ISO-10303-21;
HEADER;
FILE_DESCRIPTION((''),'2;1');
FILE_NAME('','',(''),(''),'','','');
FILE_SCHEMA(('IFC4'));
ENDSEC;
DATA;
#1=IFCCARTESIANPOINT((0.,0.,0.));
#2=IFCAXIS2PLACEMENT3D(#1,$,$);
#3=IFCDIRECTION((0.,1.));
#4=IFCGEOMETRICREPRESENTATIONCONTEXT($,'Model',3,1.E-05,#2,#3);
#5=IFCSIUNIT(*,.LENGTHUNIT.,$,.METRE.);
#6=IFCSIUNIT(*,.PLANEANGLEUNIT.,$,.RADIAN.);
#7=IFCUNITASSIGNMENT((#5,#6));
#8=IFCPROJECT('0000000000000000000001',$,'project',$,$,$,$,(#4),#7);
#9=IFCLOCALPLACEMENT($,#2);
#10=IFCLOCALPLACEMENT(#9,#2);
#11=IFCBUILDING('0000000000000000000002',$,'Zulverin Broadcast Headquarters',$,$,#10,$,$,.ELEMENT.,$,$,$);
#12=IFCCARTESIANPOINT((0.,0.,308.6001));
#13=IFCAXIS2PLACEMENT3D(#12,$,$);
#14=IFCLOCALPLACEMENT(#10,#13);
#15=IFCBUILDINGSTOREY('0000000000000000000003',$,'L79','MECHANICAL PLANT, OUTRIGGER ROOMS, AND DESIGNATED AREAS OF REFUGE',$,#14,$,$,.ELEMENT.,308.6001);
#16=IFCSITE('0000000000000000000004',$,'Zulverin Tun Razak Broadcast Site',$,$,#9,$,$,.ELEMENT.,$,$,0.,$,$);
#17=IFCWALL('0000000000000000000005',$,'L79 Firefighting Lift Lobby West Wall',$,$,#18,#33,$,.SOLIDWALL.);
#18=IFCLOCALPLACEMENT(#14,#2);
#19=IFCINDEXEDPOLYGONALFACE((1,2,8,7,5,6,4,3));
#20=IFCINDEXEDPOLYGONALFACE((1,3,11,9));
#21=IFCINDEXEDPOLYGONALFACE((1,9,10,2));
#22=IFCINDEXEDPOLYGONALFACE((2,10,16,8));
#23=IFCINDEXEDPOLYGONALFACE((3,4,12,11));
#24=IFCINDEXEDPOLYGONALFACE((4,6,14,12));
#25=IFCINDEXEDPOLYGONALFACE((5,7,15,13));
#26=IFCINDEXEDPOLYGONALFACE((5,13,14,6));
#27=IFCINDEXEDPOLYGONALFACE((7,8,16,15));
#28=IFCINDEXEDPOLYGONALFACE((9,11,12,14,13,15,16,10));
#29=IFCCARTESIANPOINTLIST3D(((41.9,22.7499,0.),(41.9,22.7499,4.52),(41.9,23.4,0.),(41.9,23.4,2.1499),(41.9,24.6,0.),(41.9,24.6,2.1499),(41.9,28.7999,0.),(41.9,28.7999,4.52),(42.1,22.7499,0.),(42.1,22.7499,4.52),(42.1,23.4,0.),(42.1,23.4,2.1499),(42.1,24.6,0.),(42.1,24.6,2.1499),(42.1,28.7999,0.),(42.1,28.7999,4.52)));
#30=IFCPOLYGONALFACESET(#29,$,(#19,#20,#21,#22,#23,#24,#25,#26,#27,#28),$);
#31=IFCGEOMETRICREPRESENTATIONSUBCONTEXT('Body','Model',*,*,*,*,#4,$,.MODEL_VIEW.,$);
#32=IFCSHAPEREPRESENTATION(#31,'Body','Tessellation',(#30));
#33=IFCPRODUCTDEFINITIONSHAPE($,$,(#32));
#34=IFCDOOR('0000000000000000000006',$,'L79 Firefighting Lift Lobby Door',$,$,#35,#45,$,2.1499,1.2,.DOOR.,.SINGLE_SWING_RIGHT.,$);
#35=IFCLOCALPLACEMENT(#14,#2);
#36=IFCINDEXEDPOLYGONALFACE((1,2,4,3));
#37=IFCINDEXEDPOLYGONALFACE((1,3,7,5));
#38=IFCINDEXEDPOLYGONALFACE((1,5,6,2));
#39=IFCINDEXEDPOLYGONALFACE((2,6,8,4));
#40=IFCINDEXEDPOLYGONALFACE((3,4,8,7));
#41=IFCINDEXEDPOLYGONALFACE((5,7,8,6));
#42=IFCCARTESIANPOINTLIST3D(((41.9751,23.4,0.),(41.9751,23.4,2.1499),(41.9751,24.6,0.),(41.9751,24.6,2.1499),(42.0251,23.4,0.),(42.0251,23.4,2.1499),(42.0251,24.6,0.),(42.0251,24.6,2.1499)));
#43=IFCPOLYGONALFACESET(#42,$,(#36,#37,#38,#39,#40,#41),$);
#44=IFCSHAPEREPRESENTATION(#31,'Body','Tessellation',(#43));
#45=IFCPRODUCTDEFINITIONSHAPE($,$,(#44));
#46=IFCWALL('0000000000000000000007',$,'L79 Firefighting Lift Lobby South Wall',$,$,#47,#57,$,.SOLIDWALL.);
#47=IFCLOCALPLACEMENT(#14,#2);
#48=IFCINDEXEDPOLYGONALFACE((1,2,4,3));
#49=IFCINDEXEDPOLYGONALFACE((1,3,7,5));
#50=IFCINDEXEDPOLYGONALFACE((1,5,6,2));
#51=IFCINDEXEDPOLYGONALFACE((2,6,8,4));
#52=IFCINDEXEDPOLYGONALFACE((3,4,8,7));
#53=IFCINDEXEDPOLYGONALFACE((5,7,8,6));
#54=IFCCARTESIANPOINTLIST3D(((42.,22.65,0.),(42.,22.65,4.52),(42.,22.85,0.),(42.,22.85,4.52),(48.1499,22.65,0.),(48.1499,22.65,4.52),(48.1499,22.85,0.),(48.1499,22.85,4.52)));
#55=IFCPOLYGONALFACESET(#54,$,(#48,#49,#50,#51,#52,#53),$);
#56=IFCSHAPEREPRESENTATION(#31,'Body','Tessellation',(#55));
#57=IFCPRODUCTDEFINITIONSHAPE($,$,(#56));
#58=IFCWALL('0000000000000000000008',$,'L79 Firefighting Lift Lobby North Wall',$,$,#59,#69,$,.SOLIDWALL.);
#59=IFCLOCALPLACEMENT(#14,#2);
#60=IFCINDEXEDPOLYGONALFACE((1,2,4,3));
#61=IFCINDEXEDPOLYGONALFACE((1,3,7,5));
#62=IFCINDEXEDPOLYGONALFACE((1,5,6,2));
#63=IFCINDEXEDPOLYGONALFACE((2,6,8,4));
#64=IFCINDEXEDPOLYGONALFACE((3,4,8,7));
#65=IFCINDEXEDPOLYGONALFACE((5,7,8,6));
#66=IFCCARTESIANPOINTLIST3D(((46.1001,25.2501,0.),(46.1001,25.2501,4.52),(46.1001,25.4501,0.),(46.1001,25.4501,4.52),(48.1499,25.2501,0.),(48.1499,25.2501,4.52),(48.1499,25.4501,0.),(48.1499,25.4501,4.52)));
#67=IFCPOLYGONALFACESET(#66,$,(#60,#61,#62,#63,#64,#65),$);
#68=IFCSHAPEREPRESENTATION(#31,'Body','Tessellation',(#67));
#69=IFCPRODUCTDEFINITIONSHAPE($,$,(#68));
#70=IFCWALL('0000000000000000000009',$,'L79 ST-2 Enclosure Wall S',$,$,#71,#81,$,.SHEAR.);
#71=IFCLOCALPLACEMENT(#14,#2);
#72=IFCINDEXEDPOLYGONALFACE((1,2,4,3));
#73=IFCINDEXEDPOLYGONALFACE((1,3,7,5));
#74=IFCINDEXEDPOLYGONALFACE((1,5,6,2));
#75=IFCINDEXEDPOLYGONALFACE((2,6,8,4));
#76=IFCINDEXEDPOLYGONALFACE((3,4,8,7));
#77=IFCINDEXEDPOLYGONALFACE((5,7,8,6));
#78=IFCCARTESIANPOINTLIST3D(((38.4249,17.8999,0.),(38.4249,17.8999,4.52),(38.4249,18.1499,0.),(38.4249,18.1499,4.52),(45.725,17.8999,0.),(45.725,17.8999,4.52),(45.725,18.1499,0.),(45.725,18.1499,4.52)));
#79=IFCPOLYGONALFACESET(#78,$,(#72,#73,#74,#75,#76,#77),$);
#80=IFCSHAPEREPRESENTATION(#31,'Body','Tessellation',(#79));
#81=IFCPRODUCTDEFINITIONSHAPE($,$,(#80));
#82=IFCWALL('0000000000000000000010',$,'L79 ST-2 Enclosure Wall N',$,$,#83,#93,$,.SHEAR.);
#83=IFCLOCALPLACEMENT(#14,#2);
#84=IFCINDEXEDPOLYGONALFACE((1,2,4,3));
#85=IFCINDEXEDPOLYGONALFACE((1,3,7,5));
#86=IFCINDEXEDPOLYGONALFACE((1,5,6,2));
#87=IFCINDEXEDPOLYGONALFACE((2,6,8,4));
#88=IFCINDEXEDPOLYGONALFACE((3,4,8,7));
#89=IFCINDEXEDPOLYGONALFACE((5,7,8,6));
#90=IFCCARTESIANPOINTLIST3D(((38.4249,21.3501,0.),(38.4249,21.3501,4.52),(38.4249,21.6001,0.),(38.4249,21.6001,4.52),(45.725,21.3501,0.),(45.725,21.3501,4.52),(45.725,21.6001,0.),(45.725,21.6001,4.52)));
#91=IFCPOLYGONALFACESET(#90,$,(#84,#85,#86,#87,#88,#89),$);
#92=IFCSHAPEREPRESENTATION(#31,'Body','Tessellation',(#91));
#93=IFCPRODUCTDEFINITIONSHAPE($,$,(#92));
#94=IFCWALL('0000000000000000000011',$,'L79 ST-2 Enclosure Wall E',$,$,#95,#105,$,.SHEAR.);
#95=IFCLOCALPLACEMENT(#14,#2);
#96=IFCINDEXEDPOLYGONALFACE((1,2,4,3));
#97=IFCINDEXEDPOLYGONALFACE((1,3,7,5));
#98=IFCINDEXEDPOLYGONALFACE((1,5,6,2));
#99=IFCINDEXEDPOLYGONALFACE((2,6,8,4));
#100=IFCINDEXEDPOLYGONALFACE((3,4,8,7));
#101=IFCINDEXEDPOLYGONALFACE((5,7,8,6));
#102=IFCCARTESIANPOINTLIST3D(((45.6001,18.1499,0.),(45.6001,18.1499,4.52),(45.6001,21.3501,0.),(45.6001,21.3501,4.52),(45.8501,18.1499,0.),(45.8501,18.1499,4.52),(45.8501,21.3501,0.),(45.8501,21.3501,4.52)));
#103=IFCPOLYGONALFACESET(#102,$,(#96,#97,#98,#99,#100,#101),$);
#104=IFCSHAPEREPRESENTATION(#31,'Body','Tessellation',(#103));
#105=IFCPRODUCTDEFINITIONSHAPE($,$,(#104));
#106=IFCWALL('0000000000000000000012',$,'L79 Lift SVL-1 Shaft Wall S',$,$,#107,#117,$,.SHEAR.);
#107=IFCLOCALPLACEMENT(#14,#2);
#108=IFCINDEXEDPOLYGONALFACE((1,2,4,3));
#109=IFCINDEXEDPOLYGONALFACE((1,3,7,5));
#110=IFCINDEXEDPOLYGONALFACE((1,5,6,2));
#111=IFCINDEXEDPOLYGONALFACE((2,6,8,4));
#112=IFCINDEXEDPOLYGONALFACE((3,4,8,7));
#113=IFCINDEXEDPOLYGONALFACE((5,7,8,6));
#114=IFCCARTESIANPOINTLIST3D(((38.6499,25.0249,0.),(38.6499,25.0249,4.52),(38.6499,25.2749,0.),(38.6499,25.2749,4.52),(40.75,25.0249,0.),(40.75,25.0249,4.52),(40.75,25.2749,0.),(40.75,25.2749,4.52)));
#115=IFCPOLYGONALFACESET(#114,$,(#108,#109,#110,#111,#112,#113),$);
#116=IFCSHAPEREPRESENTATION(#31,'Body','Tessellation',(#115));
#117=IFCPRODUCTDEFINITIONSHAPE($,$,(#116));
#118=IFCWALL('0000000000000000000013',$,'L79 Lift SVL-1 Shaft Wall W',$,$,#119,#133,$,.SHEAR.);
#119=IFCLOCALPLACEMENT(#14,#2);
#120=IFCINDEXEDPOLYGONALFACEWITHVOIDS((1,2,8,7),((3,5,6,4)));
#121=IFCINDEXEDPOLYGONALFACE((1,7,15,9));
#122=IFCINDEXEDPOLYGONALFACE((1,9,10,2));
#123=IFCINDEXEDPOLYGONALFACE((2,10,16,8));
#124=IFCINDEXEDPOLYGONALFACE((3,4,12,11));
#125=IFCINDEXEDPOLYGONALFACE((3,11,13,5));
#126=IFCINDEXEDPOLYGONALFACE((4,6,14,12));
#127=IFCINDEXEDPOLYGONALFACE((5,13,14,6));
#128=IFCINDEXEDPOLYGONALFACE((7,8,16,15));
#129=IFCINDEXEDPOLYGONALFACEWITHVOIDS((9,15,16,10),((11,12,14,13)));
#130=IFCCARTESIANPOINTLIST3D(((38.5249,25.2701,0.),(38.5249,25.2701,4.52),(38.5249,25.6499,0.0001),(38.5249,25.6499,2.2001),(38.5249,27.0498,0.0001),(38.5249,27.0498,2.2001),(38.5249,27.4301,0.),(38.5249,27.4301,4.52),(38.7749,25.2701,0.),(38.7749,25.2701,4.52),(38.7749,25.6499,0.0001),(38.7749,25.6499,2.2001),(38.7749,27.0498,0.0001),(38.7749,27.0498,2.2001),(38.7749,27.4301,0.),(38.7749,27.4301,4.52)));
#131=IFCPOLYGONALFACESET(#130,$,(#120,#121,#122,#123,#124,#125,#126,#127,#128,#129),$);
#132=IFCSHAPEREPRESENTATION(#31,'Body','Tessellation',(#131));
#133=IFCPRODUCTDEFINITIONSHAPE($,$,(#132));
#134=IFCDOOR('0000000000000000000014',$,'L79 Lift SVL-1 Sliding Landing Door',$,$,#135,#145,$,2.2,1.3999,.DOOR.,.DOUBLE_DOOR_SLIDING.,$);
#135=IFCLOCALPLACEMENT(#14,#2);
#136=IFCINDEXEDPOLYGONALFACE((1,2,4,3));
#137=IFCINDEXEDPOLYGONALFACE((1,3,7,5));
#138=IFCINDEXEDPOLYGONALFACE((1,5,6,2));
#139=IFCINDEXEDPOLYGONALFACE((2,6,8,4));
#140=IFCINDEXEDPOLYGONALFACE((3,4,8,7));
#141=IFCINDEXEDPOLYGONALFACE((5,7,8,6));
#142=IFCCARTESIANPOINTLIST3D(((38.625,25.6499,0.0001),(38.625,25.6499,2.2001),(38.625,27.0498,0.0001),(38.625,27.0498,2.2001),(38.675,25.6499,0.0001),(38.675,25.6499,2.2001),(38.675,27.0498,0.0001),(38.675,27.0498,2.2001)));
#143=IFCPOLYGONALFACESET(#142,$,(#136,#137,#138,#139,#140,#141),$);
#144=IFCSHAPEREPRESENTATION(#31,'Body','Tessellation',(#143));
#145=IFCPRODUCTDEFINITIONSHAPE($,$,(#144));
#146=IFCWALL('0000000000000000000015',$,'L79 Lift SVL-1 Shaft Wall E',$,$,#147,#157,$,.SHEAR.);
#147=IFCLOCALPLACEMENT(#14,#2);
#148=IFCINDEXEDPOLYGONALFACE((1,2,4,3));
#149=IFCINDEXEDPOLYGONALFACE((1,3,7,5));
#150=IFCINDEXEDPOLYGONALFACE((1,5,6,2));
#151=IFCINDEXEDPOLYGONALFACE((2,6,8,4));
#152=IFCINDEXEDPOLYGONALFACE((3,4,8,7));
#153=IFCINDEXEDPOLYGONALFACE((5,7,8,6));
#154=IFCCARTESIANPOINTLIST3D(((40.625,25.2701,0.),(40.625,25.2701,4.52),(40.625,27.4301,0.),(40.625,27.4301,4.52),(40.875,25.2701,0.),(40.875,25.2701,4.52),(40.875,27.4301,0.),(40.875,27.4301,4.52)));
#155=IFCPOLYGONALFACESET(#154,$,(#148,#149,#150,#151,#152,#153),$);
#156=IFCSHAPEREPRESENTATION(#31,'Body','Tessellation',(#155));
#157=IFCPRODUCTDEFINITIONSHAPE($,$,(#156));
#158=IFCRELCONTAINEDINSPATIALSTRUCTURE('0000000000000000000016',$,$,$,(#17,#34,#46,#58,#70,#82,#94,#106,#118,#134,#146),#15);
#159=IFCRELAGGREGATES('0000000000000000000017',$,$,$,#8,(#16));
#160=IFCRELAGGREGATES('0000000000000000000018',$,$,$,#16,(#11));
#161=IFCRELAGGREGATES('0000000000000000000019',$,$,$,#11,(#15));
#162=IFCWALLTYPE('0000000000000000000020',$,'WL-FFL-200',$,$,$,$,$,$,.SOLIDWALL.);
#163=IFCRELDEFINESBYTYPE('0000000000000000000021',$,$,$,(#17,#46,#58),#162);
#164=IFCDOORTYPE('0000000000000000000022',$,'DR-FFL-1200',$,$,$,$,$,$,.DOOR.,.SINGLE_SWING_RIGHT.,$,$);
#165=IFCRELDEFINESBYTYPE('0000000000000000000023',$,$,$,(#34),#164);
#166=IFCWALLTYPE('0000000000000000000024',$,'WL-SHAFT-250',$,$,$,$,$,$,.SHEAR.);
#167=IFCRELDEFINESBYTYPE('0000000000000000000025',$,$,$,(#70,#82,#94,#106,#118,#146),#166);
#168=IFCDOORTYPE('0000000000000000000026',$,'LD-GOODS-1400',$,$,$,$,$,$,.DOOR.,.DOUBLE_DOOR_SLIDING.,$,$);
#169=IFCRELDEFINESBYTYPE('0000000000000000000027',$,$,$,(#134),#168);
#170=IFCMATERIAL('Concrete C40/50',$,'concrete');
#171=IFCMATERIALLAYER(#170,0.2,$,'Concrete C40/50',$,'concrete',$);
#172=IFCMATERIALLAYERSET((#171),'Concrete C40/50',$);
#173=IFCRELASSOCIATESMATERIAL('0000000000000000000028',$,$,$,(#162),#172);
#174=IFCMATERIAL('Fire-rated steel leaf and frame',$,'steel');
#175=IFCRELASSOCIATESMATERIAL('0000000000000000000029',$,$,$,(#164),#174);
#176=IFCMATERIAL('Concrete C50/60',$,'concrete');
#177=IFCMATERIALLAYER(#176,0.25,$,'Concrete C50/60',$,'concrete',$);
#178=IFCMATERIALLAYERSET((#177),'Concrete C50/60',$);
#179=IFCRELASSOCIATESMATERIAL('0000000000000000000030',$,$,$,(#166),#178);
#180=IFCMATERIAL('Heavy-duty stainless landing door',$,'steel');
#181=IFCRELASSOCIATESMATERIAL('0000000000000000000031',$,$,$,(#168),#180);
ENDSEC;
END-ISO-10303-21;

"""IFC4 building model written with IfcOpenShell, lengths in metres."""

from ifc_helpers import new_model, si_unit, direction, frame, frame_2d, origin, place, context, subcontext, project, spatial, rectangle, extrude, material, layer, layer_set, type_object, element, fill, save


model = new_model("IFC4")

# Units and contexts
model_context = context("Model", 3, precision=1e-05, world=origin(), true_north=direction((0.0, 1.0)))
body_context = subcontext(model_context, "Body", "Model", "MODEL_VIEW")
ifc_project = project(units=[si_unit("LENGTHUNIT", "METRE"), si_unit("PLANEANGLEUNIT", "RADIAN")], contexts=[model_context])

# Site, building, storey
site_placement = place(None, origin())
site = spatial("IfcSite", under=ifc_project, at=site_placement, Name="Zulverin Tun Razak Broadcast Site", CompositionType="ELEMENT", RefElevation=0.0)
building_placement = place(site_placement, origin())
building = spatial("IfcBuilding", under=site, at=building_placement, Name="Zulverin Broadcast Headquarters", CompositionType="ELEMENT")
storey_placement = place(building_placement, frame((0.0, 0.0, 308.6001)))
storey = spatial("IfcBuildingStorey", under=building, at=storey_placement, Name="L79", Description="MECHANICAL PLANT, OUTRIGGER ROOMS, AND DESIGNATED AREAS OF REFUGE", CompositionType="ELEMENT", Elevation=308.6001)

# Shared definitions
ifc_material_1 = material(Name="Concrete C50/60", Category="concrete")

# Wall, opening, door
ifc_material_2 = material(Name="Concrete C40/50", Category="concrete")
ifc_layer_1 = layer(ifc_material_2, 0.2, Name="Concrete C40/50", Category="concrete")
ifc_layer_set_1 = layer_set([ifc_layer_1], Name="Concrete C40/50")
wall_type_1 = type_object("IfcWallType", Name="WL-FFL-200", PredefinedType="SOLIDWALL", material=ifc_layer_set_1)
wall_1_placement = place(storey_placement, frame((42.0, 22.75, 0.0), z_axis=(0.0, 0.0, 1.0), x_axis=(0.0, 1.0, 0.0)))
wall_1 = element("IfcWall", 1, at=wall_1_placement, inside=storey, type_object=wall_type_1, Name="L79 Firefighting Lift Lobby West Wall", PredefinedType="SOLIDWALL", context=body_context, shape_type="SweptSolid", body=[
    extrude(rectangle(XDim=6.05, YDim=0.2, at=frame_2d((3.0249, 0.0))), origin(), (0.0, 0.0, 1.0), 4.52),
])
opening_1_placement = place(wall_1_placement, frame((0.6499, 0.0, 0.0)))
opening_1 = element("IfcOpeningElement", 2, at=opening_1_placement, cuts=wall_1, PredefinedType="OPENING", context=body_context, shape_type="SweptSolid", body=[
    extrude(rectangle(XDim=1.2, YDim=2.1499, at=frame_2d((0.6001, 1.075))), frame((0.0, 0.1099, 0.0), z_axis=(0.0, -1.0, 0.0), x_axis=(1.0, 0.0, 0.0)), (0.0, 0.0, 1.0), 0.22),
])
ifc_material_3 = material(Name="Fire-rated steel leaf and frame", Category="steel")
door_type_1 = type_object("IfcDoorType", Name="DR-FFL-1200", OperationType="SINGLE_SWING_RIGHT", PredefinedType="DOOR", material=ifc_material_3)
door_1_placement = place(opening_1_placement, origin())
door_1 = element("IfcDoor", 3, at=door_1_placement, inside=storey, type_object=door_type_1, Name="L79 Firefighting Lift Lobby Door", OperationType="SINGLE_SWING_RIGHT", OverallHeight=2.1499, OverallWidth=1.2, PredefinedType="DOOR", context=body_context, shape_type="SweptSolid", body=[
    extrude(rectangle(XDim=1.2, YDim=2.1499, at=frame_2d((0.6001, 1.075))), frame((0.0, 0.0249, 0.0), z_axis=(0.0, -1.0, 0.0), x_axis=(1.0, 0.0, 0.0)), (0.0, 0.0, 1.0), 0.05),
])
fill(opening_1, door_1)

# Walls
wall_2_placement = place(storey_placement, frame((42.0, 22.75, 0.0), z_axis=(0.0, 0.0, 1.0), x_axis=(1.0, 0.0, 0.0)))
element("IfcWall", 4, at=wall_2_placement, inside=storey, type_object=wall_type_1, Name="L79 Firefighting Lift Lobby South Wall", PredefinedType="SOLIDWALL", context=body_context, shape_type="SweptSolid", body=[
    extrude(rectangle(XDim=6.1499, YDim=0.2, at=frame_2d((3.075, 0.0))), origin(), (0.0, 0.0, 1.0), 4.52),
])
wall_3_placement = place(storey_placement, frame((46.1001, 25.3501, 0.0), z_axis=(0.0, 0.0, 1.0), x_axis=(1.0, 0.0, 0.0)))
element("IfcWall", 5, at=wall_3_placement, inside=storey, type_object=wall_type_1, Name="L79 Firefighting Lift Lobby North Wall", PredefinedType="SOLIDWALL", context=body_context, shape_type="SweptSolid", body=[
    extrude(rectangle(XDim=2.0498, YDim=0.2, at=frame_2d((1.0249, 0.0))), origin(), (0.0, 0.0, 1.0), 4.52),
])
ifc_layer_2 = layer(ifc_material_1, 0.25, Name="Concrete C50/60", Category="concrete")
ifc_layer_set_2 = layer_set([ifc_layer_2], Name="Concrete C50/60")
wall_type_2 = type_object("IfcWallType", Name="WL-SHAFT-250", PredefinedType="SHEAR", material=ifc_layer_set_2)
for number, where, z_axis, x_axis, name in (
    (6, (38.425, 18.0249, 0.0), (0.0, 0.0, 1.0), (1.0, 0.0, 0.0), "L79 ST-2 Enclosure Wall S"),
    (7, (38.425, 21.4751, 0.0), (0.0, 0.0, 1.0), (1.0, 0.0, 0.0), "L79 ST-2 Enclosure Wall N"),
):
    element("IfcWall", number, at=place(storey_placement, frame(where, z_axis=z_axis, x_axis=x_axis)), inside=storey, type_object=wall_type_2, Name=name, PredefinedType="SHEAR", context=body_context, shape_type="SweptSolid", body=[
        extrude(rectangle(XDim=7.3, YDim=0.25, at=frame_2d((3.6499, 0.0))), origin(), (0.0, 0.0, 1.0), 4.52),
    ])

# Wall
wall_4_placement = place(storey_placement, frame((45.7251, 18.1499, 0.0), z_axis=(0.0, 0.0, 1.0), x_axis=(0.0, 1.0, 0.0)))
element("IfcWall", 8, at=wall_4_placement, inside=storey, type_object=wall_type_2, Name="L79 ST-2 Enclosure Wall E", PredefinedType="SHEAR", context=body_context, shape_type="SweptSolid", body=[
    extrude(rectangle(XDim=3.2002, YDim=0.25, at=frame_2d((1.6001, 0.0))), origin(), (0.0, 0.0, 1.0), 4.52),
])

# Wall
wall_5_placement = place(storey_placement, frame((38.6499, 25.1499, 0.0), z_axis=(0.0, 0.0, 1.0), x_axis=(1.0, 0.0, 0.0)))
element("IfcWall", 9, at=wall_5_placement, inside=storey, type_object=wall_type_2, Name="L79 Lift SVL-1 Shaft Wall S", PredefinedType="SHEAR", context=body_context, shape_type="SweptSolid", body=[
    extrude(rectangle(XDim=2.1001, YDim=0.25, at=frame_2d((1.05, 0.0))), origin(), (0.0, 0.0, 1.0), 4.52),
])

# Wall, opening, door
wall_6_placement = place(storey_placement, frame((38.6499, 25.27, 0.0), z_axis=(0.0, 0.0, 1.0), x_axis=(0.0, 1.0, 0.0)))
wall_6 = element("IfcWall", 10, at=wall_6_placement, inside=storey, type_object=wall_type_2, Name="L79 Lift SVL-1 Shaft Wall W", PredefinedType="SHEAR", context=body_context, shape_type="SweptSolid", body=[
    extrude(rectangle(XDim=2.1599, YDim=0.25, at=frame_2d((1.0801, 0.0))), origin(), (0.0, 0.0, 1.0), 4.52),
])
opening_2_placement = place(wall_6_placement, frame((0.3799, 0.0, 0.0)))
opening_2 = element("IfcOpeningElement", 11, at=opening_2_placement, cuts=wall_6, PredefinedType="OPENING", context=body_context, shape_type="SweptSolid", body=[
    extrude(rectangle(XDim=1.3999, YDim=2.2, at=frame_2d((0.7, 1.1001))), frame((0.0, 0.135, 0.0), z_axis=(0.0, -1.0, 0.0), x_axis=(1.0, 0.0, 0.0)), (0.0, 0.0, 1.0), 0.27),
])
ifc_material_4 = material(Name="Heavy-duty stainless landing door", Category="steel")
door_type_2 = type_object("IfcDoorType", Name="LD-GOODS-1400", OperationType="DOUBLE_DOOR_SLIDING", PredefinedType="DOOR", material=ifc_material_4)
door_2_placement = place(opening_2_placement, origin())
door_2 = element("IfcDoor", 12, at=door_2_placement, inside=storey, type_object=door_type_2, Name="L79 Lift SVL-1 Sliding Landing Door", OperationType="DOUBLE_DOOR_SLIDING", OverallHeight=2.2, OverallWidth=1.3999, PredefinedType="DOOR", context=body_context, shape_type="SweptSolid", body=[
    extrude(rectangle(XDim=1.3999, YDim=2.2, at=frame_2d((0.7, 1.1001))), frame((0.0, 0.0249, 0.0), z_axis=(0.0, -1.0, 0.0), x_axis=(1.0, 0.0, 0.0)), (0.0, 0.0, 1.0), 0.05),
])
fill(opening_2, door_2)

# Wall
wall_7_placement = place(storey_placement, frame((40.75, 25.27, 0.0), z_axis=(0.0, 0.0, 1.0), x_axis=(0.0, 1.0, 0.0)))
element("IfcWall", 13, at=wall_7_placement, inside=storey, type_object=wall_type_2, Name="L79 Lift SVL-1 Shaft Wall E", PredefinedType="SHEAR", context=body_context, shape_type="SweptSolid", body=[
    extrude(rectangle(XDim=2.1599, YDim=0.25, at=frame_2d((1.0801, 0.0))), origin(), (0.0, 0.0, 1.0), 4.52),
])

save(model, "model.ifc")
